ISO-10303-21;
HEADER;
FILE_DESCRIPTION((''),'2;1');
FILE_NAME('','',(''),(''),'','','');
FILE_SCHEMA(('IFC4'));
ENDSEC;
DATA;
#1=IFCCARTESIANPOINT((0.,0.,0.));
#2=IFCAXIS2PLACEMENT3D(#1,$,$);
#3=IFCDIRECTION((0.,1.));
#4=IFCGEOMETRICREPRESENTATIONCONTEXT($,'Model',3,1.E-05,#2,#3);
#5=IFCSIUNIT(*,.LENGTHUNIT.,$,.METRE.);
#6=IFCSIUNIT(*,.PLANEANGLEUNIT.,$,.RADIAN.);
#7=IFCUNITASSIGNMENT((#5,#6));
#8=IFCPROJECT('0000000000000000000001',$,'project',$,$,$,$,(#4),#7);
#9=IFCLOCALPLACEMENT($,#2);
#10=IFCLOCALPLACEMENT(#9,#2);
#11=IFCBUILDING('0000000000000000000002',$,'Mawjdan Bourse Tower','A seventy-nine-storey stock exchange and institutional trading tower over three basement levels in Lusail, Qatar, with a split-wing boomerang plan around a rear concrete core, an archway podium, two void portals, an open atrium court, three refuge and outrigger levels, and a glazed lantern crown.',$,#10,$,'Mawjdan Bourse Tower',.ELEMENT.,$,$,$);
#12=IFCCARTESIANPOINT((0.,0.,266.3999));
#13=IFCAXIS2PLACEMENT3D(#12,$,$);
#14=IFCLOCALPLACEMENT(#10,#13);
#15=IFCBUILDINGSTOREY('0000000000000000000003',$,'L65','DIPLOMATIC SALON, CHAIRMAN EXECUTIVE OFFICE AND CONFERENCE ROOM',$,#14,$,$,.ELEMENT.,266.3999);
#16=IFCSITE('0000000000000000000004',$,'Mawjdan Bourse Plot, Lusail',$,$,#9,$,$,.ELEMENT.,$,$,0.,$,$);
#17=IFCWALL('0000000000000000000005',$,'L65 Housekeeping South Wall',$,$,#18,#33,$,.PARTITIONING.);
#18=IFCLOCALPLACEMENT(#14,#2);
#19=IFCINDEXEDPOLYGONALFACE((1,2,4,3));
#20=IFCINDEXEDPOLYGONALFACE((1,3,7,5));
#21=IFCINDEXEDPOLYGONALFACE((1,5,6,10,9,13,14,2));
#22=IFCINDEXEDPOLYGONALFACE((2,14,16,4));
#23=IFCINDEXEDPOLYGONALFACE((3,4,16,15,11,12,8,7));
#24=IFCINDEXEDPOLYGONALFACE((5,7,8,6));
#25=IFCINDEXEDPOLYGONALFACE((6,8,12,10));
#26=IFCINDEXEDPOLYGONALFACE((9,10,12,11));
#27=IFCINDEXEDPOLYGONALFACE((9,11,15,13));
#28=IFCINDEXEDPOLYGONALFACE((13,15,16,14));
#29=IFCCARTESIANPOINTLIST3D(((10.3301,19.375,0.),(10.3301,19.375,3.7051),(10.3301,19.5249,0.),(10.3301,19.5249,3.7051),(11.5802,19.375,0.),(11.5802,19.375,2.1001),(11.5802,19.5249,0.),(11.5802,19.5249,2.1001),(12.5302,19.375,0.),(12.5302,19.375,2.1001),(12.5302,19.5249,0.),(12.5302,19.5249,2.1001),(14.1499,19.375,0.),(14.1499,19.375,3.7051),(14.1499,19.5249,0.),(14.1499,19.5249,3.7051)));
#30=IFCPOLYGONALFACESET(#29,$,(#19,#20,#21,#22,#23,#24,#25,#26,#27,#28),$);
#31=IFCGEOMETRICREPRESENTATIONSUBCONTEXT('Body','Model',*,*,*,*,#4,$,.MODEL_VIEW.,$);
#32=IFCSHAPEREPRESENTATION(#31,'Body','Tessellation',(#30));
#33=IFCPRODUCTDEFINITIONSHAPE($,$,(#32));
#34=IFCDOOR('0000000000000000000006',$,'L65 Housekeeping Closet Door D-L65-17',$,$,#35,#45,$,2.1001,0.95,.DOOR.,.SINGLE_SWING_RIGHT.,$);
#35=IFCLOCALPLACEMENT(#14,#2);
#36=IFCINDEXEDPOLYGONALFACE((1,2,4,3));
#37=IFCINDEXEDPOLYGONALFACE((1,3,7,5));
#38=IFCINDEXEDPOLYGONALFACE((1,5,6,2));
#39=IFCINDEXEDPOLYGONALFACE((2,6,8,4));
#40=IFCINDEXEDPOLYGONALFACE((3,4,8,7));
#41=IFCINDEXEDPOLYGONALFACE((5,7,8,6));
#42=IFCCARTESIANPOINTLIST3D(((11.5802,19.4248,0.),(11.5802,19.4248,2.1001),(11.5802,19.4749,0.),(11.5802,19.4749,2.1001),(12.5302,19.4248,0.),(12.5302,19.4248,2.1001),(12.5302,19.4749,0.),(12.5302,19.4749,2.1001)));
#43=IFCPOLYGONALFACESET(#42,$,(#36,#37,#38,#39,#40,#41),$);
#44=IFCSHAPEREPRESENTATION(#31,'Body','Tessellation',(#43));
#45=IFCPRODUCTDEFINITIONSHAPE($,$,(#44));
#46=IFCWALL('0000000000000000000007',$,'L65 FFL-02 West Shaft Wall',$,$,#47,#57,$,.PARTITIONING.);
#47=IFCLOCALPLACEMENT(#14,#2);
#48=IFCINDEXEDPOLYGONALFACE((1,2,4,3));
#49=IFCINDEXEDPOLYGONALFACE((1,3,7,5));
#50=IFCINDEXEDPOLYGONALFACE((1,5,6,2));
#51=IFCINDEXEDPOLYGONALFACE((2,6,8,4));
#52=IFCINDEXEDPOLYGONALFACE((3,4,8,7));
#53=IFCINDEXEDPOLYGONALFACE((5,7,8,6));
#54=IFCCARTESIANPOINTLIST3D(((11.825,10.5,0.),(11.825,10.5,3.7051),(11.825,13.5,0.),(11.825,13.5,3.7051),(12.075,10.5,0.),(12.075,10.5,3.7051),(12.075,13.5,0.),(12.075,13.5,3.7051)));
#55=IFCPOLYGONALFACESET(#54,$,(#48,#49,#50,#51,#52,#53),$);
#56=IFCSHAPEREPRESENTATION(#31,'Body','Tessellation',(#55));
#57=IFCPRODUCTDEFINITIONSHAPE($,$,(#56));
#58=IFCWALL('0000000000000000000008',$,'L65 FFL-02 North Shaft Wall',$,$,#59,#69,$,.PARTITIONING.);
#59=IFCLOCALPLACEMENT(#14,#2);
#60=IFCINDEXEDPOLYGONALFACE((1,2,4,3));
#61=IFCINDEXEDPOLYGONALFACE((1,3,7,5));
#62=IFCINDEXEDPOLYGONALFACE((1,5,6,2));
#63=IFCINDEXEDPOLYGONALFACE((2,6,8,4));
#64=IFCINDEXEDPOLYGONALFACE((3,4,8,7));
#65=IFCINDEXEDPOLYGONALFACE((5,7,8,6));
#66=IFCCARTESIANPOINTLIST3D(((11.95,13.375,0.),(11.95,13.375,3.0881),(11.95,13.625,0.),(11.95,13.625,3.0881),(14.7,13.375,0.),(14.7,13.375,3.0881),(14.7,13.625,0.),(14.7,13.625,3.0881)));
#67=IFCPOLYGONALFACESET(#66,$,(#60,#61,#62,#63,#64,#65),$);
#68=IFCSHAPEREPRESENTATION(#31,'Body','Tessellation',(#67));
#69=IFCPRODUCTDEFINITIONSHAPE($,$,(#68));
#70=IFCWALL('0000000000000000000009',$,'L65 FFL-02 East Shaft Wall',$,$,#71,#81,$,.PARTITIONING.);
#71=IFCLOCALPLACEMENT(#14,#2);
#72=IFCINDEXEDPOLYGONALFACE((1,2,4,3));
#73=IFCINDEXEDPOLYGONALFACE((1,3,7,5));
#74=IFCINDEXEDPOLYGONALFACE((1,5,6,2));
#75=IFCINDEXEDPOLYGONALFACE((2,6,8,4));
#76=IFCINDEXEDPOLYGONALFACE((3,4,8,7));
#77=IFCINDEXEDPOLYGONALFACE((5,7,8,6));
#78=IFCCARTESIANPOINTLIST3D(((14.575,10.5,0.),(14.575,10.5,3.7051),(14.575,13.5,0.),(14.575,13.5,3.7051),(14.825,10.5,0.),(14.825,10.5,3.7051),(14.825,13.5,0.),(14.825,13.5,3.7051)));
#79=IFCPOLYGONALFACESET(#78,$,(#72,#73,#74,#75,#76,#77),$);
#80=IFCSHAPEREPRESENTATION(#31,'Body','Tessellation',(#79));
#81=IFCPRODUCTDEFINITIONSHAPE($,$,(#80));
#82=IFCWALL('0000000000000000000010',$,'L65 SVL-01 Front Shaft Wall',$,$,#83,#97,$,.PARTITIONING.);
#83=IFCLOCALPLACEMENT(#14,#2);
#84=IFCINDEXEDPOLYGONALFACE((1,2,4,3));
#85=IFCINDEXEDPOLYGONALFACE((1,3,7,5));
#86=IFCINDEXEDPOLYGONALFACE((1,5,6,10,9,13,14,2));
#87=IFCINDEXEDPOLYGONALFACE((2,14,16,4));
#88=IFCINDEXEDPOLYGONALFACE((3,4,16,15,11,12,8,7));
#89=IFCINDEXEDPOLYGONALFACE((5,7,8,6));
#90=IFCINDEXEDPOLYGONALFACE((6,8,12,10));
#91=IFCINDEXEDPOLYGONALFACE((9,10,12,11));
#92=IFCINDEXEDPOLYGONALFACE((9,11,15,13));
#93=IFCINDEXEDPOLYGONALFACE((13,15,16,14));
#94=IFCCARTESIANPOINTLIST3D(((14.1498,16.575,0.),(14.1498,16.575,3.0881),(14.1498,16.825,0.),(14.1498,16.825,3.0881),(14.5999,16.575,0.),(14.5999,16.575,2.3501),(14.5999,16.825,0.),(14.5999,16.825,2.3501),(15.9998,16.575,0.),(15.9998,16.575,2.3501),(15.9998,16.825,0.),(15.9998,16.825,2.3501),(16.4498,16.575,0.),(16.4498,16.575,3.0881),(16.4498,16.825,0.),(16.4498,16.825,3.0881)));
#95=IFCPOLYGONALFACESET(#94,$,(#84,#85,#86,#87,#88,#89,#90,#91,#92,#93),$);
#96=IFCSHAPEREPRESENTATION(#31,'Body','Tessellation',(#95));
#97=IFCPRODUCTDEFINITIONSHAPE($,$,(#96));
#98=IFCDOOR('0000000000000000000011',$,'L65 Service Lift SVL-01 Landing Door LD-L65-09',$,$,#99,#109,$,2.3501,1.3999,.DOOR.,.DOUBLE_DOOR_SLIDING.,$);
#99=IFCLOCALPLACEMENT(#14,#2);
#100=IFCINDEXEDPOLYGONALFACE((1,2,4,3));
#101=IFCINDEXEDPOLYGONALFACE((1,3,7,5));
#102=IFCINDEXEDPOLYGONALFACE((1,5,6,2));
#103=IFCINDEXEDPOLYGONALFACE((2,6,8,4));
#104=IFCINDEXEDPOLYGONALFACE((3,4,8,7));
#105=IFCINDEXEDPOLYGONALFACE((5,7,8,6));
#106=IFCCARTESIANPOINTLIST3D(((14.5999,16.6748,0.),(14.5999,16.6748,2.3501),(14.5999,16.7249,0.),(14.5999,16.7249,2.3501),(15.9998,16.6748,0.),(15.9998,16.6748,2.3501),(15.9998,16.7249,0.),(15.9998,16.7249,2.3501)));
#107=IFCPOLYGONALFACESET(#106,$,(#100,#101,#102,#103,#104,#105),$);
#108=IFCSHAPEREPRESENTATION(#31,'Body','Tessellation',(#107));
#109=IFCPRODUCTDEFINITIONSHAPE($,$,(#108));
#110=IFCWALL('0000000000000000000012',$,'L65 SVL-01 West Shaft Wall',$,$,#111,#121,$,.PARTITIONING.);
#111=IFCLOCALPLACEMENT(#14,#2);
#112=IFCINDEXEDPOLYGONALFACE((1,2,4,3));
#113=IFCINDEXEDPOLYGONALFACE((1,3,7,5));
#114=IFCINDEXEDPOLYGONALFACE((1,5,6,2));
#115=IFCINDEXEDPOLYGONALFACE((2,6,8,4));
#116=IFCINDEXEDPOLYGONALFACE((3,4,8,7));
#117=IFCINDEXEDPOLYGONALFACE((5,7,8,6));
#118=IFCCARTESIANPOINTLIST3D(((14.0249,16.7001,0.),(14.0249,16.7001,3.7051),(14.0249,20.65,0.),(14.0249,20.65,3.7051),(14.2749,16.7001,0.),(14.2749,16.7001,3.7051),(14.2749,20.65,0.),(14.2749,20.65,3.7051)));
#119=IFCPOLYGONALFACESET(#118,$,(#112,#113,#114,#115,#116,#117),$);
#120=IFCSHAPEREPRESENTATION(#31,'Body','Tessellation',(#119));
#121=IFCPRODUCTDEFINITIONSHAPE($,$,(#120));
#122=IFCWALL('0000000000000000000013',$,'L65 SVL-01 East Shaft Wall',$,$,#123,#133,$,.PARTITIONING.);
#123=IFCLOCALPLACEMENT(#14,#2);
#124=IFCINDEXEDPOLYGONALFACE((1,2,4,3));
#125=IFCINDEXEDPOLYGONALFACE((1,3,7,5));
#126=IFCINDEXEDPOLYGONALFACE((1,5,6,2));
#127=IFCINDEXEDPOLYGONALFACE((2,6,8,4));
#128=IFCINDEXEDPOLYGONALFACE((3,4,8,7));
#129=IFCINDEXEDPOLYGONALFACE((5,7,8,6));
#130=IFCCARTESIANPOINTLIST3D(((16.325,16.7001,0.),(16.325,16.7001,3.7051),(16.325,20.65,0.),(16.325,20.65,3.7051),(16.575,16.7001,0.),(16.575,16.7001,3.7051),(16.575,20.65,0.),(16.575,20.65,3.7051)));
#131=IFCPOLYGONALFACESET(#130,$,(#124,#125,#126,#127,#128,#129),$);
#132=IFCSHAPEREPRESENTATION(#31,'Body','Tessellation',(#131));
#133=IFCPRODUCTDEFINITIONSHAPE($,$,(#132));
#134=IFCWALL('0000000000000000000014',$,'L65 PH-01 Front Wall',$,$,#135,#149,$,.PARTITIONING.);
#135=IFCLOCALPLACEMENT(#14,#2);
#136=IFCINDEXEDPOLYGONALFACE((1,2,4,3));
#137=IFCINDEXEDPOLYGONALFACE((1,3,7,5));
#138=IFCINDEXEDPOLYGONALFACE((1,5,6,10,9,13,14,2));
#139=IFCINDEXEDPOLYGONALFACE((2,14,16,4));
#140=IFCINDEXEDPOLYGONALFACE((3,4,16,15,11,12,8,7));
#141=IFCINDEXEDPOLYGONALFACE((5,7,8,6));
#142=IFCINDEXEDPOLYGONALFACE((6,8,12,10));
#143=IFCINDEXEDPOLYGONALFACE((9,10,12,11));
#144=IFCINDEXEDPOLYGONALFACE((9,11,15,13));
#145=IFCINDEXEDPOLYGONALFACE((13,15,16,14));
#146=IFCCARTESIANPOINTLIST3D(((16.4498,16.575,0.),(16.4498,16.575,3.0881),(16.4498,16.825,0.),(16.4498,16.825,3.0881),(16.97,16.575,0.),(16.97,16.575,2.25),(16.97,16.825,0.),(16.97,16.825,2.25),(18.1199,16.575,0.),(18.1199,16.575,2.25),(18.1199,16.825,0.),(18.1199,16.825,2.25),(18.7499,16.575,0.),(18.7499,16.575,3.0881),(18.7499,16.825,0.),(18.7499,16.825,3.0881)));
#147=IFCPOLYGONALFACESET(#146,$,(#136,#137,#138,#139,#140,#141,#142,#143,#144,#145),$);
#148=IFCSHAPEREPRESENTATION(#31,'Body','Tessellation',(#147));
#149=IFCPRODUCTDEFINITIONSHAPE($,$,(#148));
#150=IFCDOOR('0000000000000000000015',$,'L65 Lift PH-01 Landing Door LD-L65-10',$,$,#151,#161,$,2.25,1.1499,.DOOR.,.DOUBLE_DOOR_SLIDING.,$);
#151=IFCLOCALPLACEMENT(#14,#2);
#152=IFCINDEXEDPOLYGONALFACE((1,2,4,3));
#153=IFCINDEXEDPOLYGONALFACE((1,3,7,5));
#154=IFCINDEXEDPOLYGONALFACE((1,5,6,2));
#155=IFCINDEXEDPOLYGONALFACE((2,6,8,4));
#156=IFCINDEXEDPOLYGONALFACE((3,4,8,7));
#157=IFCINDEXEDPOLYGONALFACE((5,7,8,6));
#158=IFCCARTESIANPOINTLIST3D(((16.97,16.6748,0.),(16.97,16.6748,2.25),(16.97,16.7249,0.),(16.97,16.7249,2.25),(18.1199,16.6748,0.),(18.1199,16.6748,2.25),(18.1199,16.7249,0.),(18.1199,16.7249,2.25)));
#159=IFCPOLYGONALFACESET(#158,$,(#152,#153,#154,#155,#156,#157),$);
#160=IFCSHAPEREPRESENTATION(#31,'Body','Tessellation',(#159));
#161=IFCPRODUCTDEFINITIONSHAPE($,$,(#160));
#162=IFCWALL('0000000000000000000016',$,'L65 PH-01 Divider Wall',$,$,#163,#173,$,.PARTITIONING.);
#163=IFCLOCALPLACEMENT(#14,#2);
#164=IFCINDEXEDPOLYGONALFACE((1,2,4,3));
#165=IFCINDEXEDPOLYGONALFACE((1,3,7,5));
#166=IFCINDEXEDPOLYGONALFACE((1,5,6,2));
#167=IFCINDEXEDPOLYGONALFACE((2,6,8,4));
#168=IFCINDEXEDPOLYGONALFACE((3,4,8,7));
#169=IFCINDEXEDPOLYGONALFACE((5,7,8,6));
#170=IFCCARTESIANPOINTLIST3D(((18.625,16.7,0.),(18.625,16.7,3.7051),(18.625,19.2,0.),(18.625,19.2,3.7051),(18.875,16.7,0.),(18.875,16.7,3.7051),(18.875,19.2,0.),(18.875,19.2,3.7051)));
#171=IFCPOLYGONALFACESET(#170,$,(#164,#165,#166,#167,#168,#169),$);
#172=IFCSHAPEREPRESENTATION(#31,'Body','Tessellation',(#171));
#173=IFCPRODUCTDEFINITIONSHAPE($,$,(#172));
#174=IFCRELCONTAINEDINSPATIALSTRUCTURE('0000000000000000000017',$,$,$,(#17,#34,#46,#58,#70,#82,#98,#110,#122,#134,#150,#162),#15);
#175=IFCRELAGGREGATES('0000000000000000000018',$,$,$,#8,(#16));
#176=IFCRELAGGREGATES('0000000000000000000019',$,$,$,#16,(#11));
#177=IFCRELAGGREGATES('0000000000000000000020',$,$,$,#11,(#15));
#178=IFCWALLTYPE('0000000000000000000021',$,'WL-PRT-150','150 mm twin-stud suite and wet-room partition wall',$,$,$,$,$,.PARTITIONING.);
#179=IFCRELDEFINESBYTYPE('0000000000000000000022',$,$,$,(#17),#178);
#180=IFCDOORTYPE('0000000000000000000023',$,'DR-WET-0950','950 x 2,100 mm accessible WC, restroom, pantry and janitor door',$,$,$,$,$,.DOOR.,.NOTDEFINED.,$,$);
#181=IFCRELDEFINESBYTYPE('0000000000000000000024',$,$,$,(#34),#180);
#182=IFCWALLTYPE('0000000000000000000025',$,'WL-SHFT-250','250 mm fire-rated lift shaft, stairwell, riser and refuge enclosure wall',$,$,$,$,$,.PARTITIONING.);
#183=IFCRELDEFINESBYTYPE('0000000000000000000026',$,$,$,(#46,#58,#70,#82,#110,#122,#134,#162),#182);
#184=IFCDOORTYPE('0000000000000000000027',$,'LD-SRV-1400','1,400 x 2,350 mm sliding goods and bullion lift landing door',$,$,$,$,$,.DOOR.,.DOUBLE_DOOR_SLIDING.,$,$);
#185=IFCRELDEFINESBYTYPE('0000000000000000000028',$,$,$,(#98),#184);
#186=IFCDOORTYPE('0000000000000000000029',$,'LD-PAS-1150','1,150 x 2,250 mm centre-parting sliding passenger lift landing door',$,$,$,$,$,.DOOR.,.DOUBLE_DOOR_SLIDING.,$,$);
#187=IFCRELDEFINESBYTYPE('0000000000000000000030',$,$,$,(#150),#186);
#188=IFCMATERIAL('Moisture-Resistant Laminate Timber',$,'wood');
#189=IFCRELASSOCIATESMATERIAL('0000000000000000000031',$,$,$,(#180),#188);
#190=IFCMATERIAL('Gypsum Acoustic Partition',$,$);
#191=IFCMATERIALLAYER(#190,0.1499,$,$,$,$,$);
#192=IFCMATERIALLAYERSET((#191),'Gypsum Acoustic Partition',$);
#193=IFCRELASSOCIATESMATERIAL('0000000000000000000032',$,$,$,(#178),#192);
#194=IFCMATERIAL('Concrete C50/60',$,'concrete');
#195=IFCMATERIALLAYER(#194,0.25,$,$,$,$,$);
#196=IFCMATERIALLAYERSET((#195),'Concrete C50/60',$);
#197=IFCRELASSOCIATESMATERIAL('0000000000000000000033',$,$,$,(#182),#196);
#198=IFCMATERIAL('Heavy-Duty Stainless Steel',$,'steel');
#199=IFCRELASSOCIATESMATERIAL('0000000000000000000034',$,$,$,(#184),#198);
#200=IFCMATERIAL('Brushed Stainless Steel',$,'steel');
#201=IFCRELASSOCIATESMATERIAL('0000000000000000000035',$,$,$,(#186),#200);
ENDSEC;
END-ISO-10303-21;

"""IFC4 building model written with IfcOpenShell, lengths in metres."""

from ifc_helpers import new_model, si_unit, direction, frame, frame_2d, origin, place, context, subcontext, project, spatial, rectangle, extrude, material, layer, layer_set, type_object, element, fill, save


model = new_model("IFC4")

# Units and contexts
model_context = context("Model", 3, precision=1e-05, world=origin(), true_north=direction((0.0, 1.0)))
body_context = subcontext(model_context, "Body", "Model", "MODEL_VIEW")
ifc_project = project(units=[si_unit("LENGTHUNIT", "METRE"), si_unit("PLANEANGLEUNIT", "RADIAN")], contexts=[model_context])

# Site, building, storey
site_placement = place(None, origin())
site = spatial("IfcSite", under=ifc_project, at=site_placement, Name="Mawjdan Bourse Plot, Lusail", CompositionType="ELEMENT", RefElevation=0.0)
building_placement = place(site_placement, origin())
building = spatial("IfcBuilding", under=site, at=building_placement, Name="Mawjdan Bourse Tower", Description="A seventy-nine-storey stock exchange and institutional trading tower over three basement levels in Lusail, Qatar, with a split-wing boomerang plan around a rear concrete core, an archway podium, two void portals, an open atrium court, three refuge and outrigger levels, and a glazed lantern crown.", LongName="Mawjdan Bourse Tower", CompositionType="ELEMENT")
storey_placement = place(building_placement, frame((0.0, 0.0, 266.3999)))
storey = spatial("IfcBuildingStorey", under=building, at=storey_placement, Name="L65", Description="DIPLOMATIC SALON, CHAIRMAN EXECUTIVE OFFICE AND CONFERENCE ROOM", CompositionType="ELEMENT", Elevation=266.3999)

# Wall, opening, door
ifc_material_1 = material(Name="Moisture-Resistant Laminate Timber", Category="wood")
door_type_1 = type_object("IfcDoorType", Name="DR-WET-0950", Description="950 x 2,100 mm accessible WC, restroom, pantry and janitor door", OperationType="NOTDEFINED", PredefinedType="DOOR", material=ifc_material_1)
ifc_material_2 = material(Name="Gypsum Acoustic Partition")
ifc_layer_1 = layer(ifc_material_2, 0.1499)
ifc_layer_set_1 = layer_set([ifc_layer_1], Name="Gypsum Acoustic Partition")
wall_type_1 = type_object("IfcWallType", Name="WL-PRT-150", Description="150 mm twin-stud suite and wet-room partition wall", PredefinedType="PARTITIONING", material=ifc_layer_set_1)
wall_1_placement = place(storey_placement, frame((10.3301, 19.45, 0.0), z_axis=(0.0, 0.0, 1.0), x_axis=(1.0, 0.0, 0.0)))
wall_1 = element("IfcWall", 1, at=wall_1_placement, inside=storey, type_object=wall_type_1, Name="L65 Housekeeping South Wall", PredefinedType="PARTITIONING", context=body_context, shape_type="SweptSolid", body=[
    extrude(rectangle(XDim=3.8198, YDim=0.1499, at=frame_2d((1.9099, 0.0))), origin(), (0.0, 0.0, 1.0), 3.7051),
])
opening_1_placement = place(wall_1_placement, frame((1.25, 0.0, 0.0)))
opening_1 = element("IfcOpeningElement", 2, at=opening_1_placement, cuts=wall_1, PredefinedType="OPENING", context=body_context, shape_type="SweptSolid", body=[
    extrude(rectangle(XDim=0.95, YDim=2.1001, at=frame_2d((0.4751, 1.05))), frame((0.0, 0.085, 0.0), z_axis=(0.0, -1.0, 0.0), x_axis=(1.0, 0.0, 0.0)), (0.0, 0.0, 1.0), 0.1699),
])
door_1_placement = place(opening_1_placement, origin())
door_1 = element("IfcDoor", 3, at=door_1_placement, inside=storey, type_object=door_type_1, Name="L65 Housekeeping Closet Door D-L65-17", OperationType="SINGLE_SWING_RIGHT", OverallHeight=2.1001, OverallWidth=0.95, PredefinedType="DOOR", context=body_context, shape_type="SweptSolid", body=[
    extrude(rectangle(XDim=0.95, YDim=2.1001, at=frame_2d((0.4751, 1.05))), frame((0.0, 0.0249, 0.0), z_axis=(0.0, -1.0, 0.0), x_axis=(1.0, 0.0, 0.0)), (0.0, 0.0, 1.0), 0.05),
])
fill(opening_1, door_1)

# Walls
ifc_material_3 = material(Name="Concrete C50/60", Category="concrete")
ifc_layer_2 = layer(ifc_material_3, 0.25)
ifc_layer_set_2 = layer_set([ifc_layer_2], Name="Concrete C50/60")
wall_type_2 = type_object("IfcWallType", Name="WL-SHFT-250", Description="250 mm fire-rated lift shaft, stairwell, riser and refuge enclosure wall", PredefinedType="PARTITIONING", material=ifc_layer_set_2)
wall_2_placement = place(storey_placement, frame((11.95, 10.5, 0.0), z_axis=(0.0, 0.0, 1.0), x_axis=(0.0, 1.0, 0.0)))
element("IfcWall", 4, at=wall_2_placement, inside=storey, type_object=wall_type_2, Name="L65 FFL-02 West Shaft Wall", PredefinedType="PARTITIONING", context=body_context, shape_type="SweptSolid", body=[
    extrude(rectangle(XDim=3.0, YDim=0.25, at=frame_2d((1.5, 0.0))), origin(), (0.0, 0.0, 1.0), 3.7051),
])
wall_3_placement = place(storey_placement, frame((11.95, 13.5, 0.0), z_axis=(0.0, 0.0, 1.0), x_axis=(1.0, 0.0, 0.0)))
element("IfcWall", 5, at=wall_3_placement, inside=storey, type_object=wall_type_2, Name="L65 FFL-02 North Shaft Wall", PredefinedType="PARTITIONING", context=body_context, shape_type="SweptSolid", body=[
    extrude(rectangle(XDim=2.75, YDim=0.25, at=frame_2d((1.375, 0.0))), origin(), (0.0, 0.0, 1.0), 3.0881),
])
wall_4_placement = place(storey_placement, frame((14.7, 10.5, 0.0), z_axis=(0.0, 0.0, 1.0), x_axis=(0.0, 1.0, 0.0)))
element("IfcWall", 6, at=wall_4_placement, inside=storey, type_object=wall_type_2, Name="L65 FFL-02 East Shaft Wall", PredefinedType="PARTITIONING", context=body_context, shape_type="SweptSolid", body=[
    extrude(rectangle(XDim=3.0, YDim=0.25, at=frame_2d((1.5, 0.0))), origin(), (0.0, 0.0, 1.0), 3.7051),
])

# Wall, opening, door
wall_5_placement = place(storey_placement, frame((14.1499, 16.7, 0.0), z_axis=(0.0, 0.0, 1.0), x_axis=(1.0, 0.0, 0.0)))
wall_5 = element("IfcWall", 7, at=wall_5_placement, inside=storey, type_object=wall_type_2, Name="L65 SVL-01 Front Shaft Wall", PredefinedType="PARTITIONING", context=body_context, shape_type="SweptSolid", body=[
    extrude(rectangle(XDim=2.3, YDim=0.25, at=frame_2d((1.1499, 0.0))), origin(), (0.0, 0.0, 1.0), 3.0881),
])
opening_2_placement = place(wall_5_placement, frame((0.45, 0.0, 0.0)))
opening_2 = element("IfcOpeningElement", 8, at=opening_2_placement, cuts=wall_5, PredefinedType="OPENING", context=body_context, shape_type="SweptSolid", body=[
    extrude(rectangle(XDim=1.3999, YDim=2.3501, at=frame_2d((0.7, 1.175))), frame((0.0, 0.135, 0.0), z_axis=(0.0, -1.0, 0.0), x_axis=(1.0, 0.0, 0.0)), (0.0, 0.0, 1.0), 0.27),
])
ifc_material_4 = material(Name="Heavy-Duty Stainless Steel", Category="steel")
door_type_2 = type_object("IfcDoorType", Name="LD-SRV-1400", Description="1,400 x 2,350 mm sliding goods and bullion lift landing door", OperationType="DOUBLE_DOOR_SLIDING", PredefinedType="DOOR", material=ifc_material_4)
door_2_placement = place(opening_2_placement, origin())
door_2 = element("IfcDoor", 9, at=door_2_placement, inside=storey, type_object=door_type_2, Name="L65 Service Lift SVL-01 Landing Door LD-L65-09", OperationType="DOUBLE_DOOR_SLIDING", OverallHeight=2.3501, OverallWidth=1.3999, PredefinedType="DOOR", context=body_context, shape_type="SweptSolid", body=[
    extrude(rectangle(XDim=1.3999, YDim=2.3501, at=frame_2d((0.7, 1.175))), frame((0.0, 0.0249, 0.0), z_axis=(0.0, -1.0, 0.0), x_axis=(1.0, 0.0, 0.0)), (0.0, 0.0, 1.0), 0.05),
])
fill(opening_2, door_2)

# Walls
for number, where, z_axis, x_axis, name in (
    (10, (14.1499, 16.7, 0.0), (0.0, 0.0, 1.0), (0.0, 1.0, 0.0), "L65 SVL-01 West Shaft Wall"),
    (11, (16.45, 16.7, 0.0), (0.0, 0.0, 1.0), (0.0, 1.0, 0.0), "L65 SVL-01 East Shaft Wall"),
):
    element("IfcWall", number, at=place(storey_placement, frame(where, z_axis=z_axis, x_axis=x_axis)), inside=storey, type_object=wall_type_2, Name=name, PredefinedType="PARTITIONING", context=body_context, shape_type="SweptSolid", body=[
        extrude(rectangle(XDim=3.95, YDim=0.25, at=frame_2d((1.9751, 0.0))), origin(), (0.0, 0.0, 1.0), 3.7051),
    ])

# Wall, opening, door
wall_6_placement = place(storey_placement, frame((16.45, 16.7, 0.0), z_axis=(0.0, 0.0, 1.0), x_axis=(1.0, 0.0, 0.0)))
wall_6 = element("IfcWall", 12, at=wall_6_placement, inside=storey, type_object=wall_type_2, Name="L65 PH-01 Front Wall", PredefinedType="PARTITIONING", context=body_context, shape_type="SweptSolid", body=[
    extrude(rectangle(XDim=2.3, YDim=0.25, at=frame_2d((1.1499, 0.0))), origin(), (0.0, 0.0, 1.0), 3.0881),
])
opening_3_placement = place(wall_6_placement, frame((0.52, 0.0, 0.0)))
opening_3 = element("IfcOpeningElement", 13, at=opening_3_placement, cuts=wall_6, PredefinedType="OPENING", context=body_context, shape_type="SweptSolid", body=[
    extrude(rectangle(XDim=1.1499, YDim=2.25, at=frame_2d((0.575, 1.125))), frame((0.0, 0.135, 0.0), z_axis=(0.0, -1.0, 0.0), x_axis=(1.0, 0.0, 0.0)), (0.0, 0.0, 1.0), 0.27),
])
ifc_material_5 = material(Name="Brushed Stainless Steel", Category="steel")
door_type_3 = type_object("IfcDoorType", Name="LD-PAS-1150", Description="1,150 x 2,250 mm centre-parting sliding passenger lift landing door", OperationType="DOUBLE_DOOR_SLIDING", PredefinedType="DOOR", material=ifc_material_5)
door_3_placement = place(opening_3_placement, origin())
door_3 = element("IfcDoor", 14, at=door_3_placement, inside=storey, type_object=door_type_3, Name="L65 Lift PH-01 Landing Door LD-L65-10", OperationType="DOUBLE_DOOR_SLIDING", OverallHeight=2.25, OverallWidth=1.1499, PredefinedType="DOOR", context=body_context, shape_type="SweptSolid", body=[
    extrude(rectangle(XDim=1.1499, YDim=2.25, at=frame_2d((0.575, 1.125))), frame((0.0, 0.0249, 0.0), z_axis=(0.0, -1.0, 0.0), x_axis=(1.0, 0.0, 0.0)), (0.0, 0.0, 1.0), 0.05),
])
fill(opening_3, door_3)

# Wall
wall_7_placement = place(storey_placement, frame((18.75, 16.7, 0.0), z_axis=(0.0, 0.0, 1.0), x_axis=(0.0, 1.0, 0.0)))
element("IfcWall", 15, at=wall_7_placement, inside=storey, type_object=wall_type_2, Name="L65 PH-01 Divider Wall", PredefinedType="PARTITIONING", context=body_context, shape_type="SweptSolid", body=[
    extrude(rectangle(XDim=2.5, YDim=0.25, at=frame_2d((1.25, 0.0))), origin(), (0.0, 0.0, 1.0), 3.7051),
])

save(model, "model.ifc")
